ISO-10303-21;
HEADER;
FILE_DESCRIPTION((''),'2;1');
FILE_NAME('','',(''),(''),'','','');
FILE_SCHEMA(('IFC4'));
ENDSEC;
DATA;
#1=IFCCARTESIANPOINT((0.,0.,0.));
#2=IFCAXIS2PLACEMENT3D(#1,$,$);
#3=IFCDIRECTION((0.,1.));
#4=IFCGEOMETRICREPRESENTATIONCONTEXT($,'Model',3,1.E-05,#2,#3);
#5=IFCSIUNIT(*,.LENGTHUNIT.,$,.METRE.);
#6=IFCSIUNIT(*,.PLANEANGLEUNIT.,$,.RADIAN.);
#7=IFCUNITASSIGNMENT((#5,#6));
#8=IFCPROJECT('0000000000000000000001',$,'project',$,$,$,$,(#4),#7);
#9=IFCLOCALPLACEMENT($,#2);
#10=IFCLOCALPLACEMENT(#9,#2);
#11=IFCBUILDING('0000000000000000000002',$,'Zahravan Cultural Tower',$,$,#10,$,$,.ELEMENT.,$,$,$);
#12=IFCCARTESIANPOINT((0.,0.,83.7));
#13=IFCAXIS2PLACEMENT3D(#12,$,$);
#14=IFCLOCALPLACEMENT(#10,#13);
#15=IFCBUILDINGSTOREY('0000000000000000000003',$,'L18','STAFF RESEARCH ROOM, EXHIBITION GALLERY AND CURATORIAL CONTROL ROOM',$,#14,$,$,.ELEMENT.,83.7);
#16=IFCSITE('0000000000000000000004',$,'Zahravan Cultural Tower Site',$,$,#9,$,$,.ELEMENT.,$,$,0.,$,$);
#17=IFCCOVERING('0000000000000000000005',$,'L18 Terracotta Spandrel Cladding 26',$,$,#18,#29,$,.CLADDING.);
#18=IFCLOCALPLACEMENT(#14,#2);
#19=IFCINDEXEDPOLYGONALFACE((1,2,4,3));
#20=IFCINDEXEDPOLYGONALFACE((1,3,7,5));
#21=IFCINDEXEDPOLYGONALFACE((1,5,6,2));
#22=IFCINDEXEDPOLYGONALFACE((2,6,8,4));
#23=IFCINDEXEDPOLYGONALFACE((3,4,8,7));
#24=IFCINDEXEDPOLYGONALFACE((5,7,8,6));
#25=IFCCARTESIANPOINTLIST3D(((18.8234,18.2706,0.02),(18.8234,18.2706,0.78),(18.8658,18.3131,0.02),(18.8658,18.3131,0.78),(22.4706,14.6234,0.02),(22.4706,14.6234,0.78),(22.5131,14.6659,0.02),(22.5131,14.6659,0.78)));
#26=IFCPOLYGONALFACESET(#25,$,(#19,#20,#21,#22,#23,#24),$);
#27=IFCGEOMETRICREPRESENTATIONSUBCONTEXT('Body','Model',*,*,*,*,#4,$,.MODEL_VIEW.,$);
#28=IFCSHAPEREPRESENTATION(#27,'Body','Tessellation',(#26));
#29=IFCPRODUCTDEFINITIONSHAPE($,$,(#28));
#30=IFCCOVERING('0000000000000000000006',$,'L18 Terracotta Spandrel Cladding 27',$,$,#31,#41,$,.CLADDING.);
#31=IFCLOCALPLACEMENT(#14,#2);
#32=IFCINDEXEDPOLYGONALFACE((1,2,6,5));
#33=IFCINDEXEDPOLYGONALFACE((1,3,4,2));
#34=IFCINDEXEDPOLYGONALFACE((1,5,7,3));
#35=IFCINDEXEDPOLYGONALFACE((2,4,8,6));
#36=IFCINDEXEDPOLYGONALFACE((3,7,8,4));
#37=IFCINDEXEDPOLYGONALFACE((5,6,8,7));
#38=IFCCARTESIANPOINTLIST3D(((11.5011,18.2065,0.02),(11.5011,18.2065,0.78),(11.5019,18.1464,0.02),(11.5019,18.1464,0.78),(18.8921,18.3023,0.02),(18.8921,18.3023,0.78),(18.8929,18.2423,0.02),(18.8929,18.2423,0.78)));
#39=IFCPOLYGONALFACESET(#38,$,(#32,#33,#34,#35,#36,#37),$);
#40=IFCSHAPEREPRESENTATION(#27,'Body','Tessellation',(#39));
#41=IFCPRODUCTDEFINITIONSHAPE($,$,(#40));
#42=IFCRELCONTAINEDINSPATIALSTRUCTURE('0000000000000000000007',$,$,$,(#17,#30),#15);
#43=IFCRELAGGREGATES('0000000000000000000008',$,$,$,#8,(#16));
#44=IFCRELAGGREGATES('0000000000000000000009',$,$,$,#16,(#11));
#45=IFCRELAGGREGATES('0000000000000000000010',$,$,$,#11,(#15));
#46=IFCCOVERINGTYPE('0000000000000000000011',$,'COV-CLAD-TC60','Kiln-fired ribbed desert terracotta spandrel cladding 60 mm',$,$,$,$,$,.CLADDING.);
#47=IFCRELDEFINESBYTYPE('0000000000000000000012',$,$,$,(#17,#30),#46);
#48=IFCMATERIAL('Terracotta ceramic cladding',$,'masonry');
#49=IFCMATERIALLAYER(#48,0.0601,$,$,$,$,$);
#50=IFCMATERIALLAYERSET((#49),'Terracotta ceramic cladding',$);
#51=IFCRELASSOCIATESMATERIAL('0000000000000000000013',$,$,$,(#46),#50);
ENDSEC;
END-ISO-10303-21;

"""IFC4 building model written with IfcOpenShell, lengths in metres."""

from ifc_helpers import new_model, si_unit, direction, frame, origin, origin_2d, place, context, subcontext, project, spatial, rectangle, extrude, source, transform, mapped, material, layer, layer_set, type_object, element, save


model = new_model("IFC4")

# Units and contexts
model_context = context("Model", 3, precision=1e-05, world=origin(), true_north=direction((0.0, 1.0)))
body_context = subcontext(model_context, "Body", "Model", "MODEL_VIEW")
ifc_project = project(units=[si_unit("LENGTHUNIT", "METRE"), si_unit("PLANEANGLEUNIT", "RADIAN")], contexts=[model_context])

# Site, building, storey
site_placement = place(None, origin())
site = spatial("IfcSite", under=ifc_project, at=site_placement, Name="Zahravan Cultural Tower Site", CompositionType="ELEMENT", RefElevation=0.0)
building_placement = place(site_placement, origin())
building = spatial("IfcBuilding", under=site, at=building_placement, Name="Zahravan Cultural Tower", CompositionType="ELEMENT")
storey_placement = place(building_placement, frame((0.0, 0.0, 83.7)))
storey = spatial("IfcBuildingStorey", under=building, at=storey_placement, Name="L18", Description="STAFF RESEARCH ROOM, EXHIBITION GALLERY AND CURATORIAL CONTROL ROOM", CompositionType="ELEMENT", Elevation=83.7)

# Coverings
ifc_material_1 = material(Name="Terracotta ceramic cladding", Category="masonry")
ifc_layer_1 = layer(ifc_material_1, 0.0601)
ifc_layer_set_1 = layer_set([ifc_layer_1], Name="Terracotta ceramic cladding")
covering_type_1 = type_object("IfcCoveringType", Name="COV-CLAD-TC60", Description="Kiln-fired ribbed desert terracotta spandrel cladding 60 mm", PredefinedType="CLADDING", material=ifc_layer_set_1)
shared_shape_1 = source(origin(), body_context, "Body", "SweptSolid", [
    extrude(rectangle(XDim=5.158, YDim=0.0601, at=origin_2d()), origin(), (0.0, 0.0, 1.0), 0.76),
])
covering_1_placement = place(storey_placement, frame((20.6682, 16.4683, 0.02), z_axis=(0.0, 0.0, 1.0), x_axis=(-0.707107, 0.707107, 0.0)))
element("IfcCovering", 1, at=covering_1_placement, inside=storey, type_object=covering_type_1, Name="L18 Terracotta Spandrel Cladding 26", PredefinedType="CLADDING", context=body_context, shape_type="MappedRepresentation", body=[
    mapped(shared_shape_1, transform((0.0, 0.0, 0.0), x_axis=(1.0, 0.0, 0.0), y_axis=(0.0, 1.0, 0.0), z_axis=(0.0, 0.0, 1.0), scale=1.0)),
])
shared_shape_2 = source(origin(), body_context, "Body", "SweptSolid", [
    extrude(rectangle(XDim=7.3916, YDim=0.0601, at=origin_2d()), origin(), (0.0, 0.0, 1.0), 0.76),
])
covering_2_placement = place(storey_placement, frame((15.197, 18.2244, 0.02), z_axis=(0.0, 0.0, 1.0), x_axis=(-0.999916, -0.012967, 0.0)))
element("IfcCovering", 2, at=covering_2_placement, inside=storey, type_object=covering_type_1, Name="L18 Terracotta Spandrel Cladding 27", PredefinedType="CLADDING", context=body_context, shape_type="MappedRepresentation", body=[
    mapped(shared_shape_2, transform((0.0, 0.0, 0.0), x_axis=(1.0, 0.0, 0.0), y_axis=(0.0, 1.0, 0.0), z_axis=(0.0, 0.0, 1.0), scale=1.0)),
])

save(model, "model.ifc")
